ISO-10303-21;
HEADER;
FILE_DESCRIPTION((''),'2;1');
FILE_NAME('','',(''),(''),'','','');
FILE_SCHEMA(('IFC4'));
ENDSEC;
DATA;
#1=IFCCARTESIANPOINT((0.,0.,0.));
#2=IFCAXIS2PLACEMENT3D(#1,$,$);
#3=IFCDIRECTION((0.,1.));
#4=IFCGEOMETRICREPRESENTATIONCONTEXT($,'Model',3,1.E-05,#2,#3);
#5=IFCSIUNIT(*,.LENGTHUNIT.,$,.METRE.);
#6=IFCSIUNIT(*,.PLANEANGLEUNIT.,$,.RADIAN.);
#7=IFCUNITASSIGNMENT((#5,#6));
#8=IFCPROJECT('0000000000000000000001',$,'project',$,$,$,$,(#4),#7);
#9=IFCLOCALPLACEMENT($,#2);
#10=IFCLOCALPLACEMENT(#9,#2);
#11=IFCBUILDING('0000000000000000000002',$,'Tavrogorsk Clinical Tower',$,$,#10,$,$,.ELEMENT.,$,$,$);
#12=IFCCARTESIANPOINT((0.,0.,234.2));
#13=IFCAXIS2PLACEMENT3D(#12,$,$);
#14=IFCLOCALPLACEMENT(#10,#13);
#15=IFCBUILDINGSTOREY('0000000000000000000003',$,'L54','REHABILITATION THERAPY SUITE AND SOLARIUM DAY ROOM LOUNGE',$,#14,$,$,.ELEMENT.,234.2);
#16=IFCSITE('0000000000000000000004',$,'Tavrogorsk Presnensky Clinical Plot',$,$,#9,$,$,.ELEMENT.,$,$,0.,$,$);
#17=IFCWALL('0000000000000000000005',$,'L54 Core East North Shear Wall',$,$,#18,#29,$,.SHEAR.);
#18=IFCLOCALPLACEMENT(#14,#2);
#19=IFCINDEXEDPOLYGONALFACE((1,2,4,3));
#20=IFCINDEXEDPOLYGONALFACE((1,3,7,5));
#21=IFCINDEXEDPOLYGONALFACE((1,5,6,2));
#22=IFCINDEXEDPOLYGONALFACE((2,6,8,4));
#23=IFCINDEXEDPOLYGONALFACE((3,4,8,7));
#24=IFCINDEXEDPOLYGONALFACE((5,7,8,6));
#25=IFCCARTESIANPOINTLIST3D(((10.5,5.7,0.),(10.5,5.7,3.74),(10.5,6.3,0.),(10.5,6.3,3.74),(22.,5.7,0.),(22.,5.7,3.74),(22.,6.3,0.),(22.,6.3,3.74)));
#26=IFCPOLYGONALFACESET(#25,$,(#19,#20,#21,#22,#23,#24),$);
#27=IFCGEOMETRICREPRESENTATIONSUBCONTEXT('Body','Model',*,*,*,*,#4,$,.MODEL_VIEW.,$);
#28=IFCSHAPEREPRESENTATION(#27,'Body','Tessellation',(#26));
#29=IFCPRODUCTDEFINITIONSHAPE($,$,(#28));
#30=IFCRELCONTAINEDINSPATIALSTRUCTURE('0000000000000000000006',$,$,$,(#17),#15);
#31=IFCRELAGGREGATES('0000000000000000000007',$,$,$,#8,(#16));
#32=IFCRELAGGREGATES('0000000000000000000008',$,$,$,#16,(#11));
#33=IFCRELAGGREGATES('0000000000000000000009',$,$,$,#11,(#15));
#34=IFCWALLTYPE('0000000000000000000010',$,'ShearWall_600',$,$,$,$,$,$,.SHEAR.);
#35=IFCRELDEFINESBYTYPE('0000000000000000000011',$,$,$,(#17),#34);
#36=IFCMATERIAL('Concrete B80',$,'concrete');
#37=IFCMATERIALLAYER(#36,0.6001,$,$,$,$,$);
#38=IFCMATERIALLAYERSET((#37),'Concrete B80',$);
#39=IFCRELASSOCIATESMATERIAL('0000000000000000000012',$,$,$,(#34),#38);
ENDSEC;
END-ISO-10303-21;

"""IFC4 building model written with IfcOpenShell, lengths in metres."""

from ifc_helpers import new_model, si_unit, direction, frame, frame_2d, origin, place, context, subcontext, project, spatial, rectangle, extrude, material, layer, layer_set, type_object, element, save


model = new_model("IFC4")

# Units and contexts
model_context = context("Model", 3, precision=1e-05, world=origin(), true_north=direction((0.0, 1.0)))
body_context = subcontext(model_context, "Body", "Model", "MODEL_VIEW")
ifc_project = project(units=[si_unit("LENGTHUNIT", "METRE"), si_unit("PLANEANGLEUNIT", "RADIAN")], contexts=[model_context])

# Site, building, storey
site_placement = place(None, origin())
site = spatial("IfcSite", under=ifc_project, at=site_placement, Name="Tavrogorsk Presnensky Clinical Plot", CompositionType="ELEMENT", RefElevation=0.0)
building_placement = place(site_placement, origin())
building = spatial("IfcBuilding", under=site, at=building_placement, Name="Tavrogorsk Clinical Tower", CompositionType="ELEMENT")
storey_placement = place(building_placement, frame((0.0, 0.0, 234.2)))
storey = spatial("IfcBuildingStorey", under=building, at=storey_placement, Name="L54", Description="REHABILITATION THERAPY SUITE AND SOLARIUM DAY ROOM LOUNGE", CompositionType="ELEMENT", Elevation=234.2)

# Wall
ifc_material_1 = material(Name="Concrete B80", Category="concrete")
ifc_layer_1 = layer(ifc_material_1, 0.6001)
ifc_layer_set_1 = layer_set([ifc_layer_1], Name="Concrete B80")
wall_type_1 = type_object("IfcWallType", Name="ShearWall_600", PredefinedType="SHEAR", material=ifc_layer_set_1)
wall_1_placement = place(storey_placement, frame((10.5, 6.0, 0.0), z_axis=(0.0, 0.0, 1.0), x_axis=(1.0, 0.0, 0.0)))
element("IfcWall", 1, at=wall_1_placement, inside=storey, type_object=wall_type_1, Name="L54 Core East North Shear Wall", PredefinedType="SHEAR", context=body_context, shape_type="SweptSolid", body=[
    extrude(rectangle(XDim=11.5, YDim=0.6001, at=frame_2d((5.75, 0.0))), origin(), (0.0, 0.0, 1.0), 3.74),
])

save(model, "model.ifc")
